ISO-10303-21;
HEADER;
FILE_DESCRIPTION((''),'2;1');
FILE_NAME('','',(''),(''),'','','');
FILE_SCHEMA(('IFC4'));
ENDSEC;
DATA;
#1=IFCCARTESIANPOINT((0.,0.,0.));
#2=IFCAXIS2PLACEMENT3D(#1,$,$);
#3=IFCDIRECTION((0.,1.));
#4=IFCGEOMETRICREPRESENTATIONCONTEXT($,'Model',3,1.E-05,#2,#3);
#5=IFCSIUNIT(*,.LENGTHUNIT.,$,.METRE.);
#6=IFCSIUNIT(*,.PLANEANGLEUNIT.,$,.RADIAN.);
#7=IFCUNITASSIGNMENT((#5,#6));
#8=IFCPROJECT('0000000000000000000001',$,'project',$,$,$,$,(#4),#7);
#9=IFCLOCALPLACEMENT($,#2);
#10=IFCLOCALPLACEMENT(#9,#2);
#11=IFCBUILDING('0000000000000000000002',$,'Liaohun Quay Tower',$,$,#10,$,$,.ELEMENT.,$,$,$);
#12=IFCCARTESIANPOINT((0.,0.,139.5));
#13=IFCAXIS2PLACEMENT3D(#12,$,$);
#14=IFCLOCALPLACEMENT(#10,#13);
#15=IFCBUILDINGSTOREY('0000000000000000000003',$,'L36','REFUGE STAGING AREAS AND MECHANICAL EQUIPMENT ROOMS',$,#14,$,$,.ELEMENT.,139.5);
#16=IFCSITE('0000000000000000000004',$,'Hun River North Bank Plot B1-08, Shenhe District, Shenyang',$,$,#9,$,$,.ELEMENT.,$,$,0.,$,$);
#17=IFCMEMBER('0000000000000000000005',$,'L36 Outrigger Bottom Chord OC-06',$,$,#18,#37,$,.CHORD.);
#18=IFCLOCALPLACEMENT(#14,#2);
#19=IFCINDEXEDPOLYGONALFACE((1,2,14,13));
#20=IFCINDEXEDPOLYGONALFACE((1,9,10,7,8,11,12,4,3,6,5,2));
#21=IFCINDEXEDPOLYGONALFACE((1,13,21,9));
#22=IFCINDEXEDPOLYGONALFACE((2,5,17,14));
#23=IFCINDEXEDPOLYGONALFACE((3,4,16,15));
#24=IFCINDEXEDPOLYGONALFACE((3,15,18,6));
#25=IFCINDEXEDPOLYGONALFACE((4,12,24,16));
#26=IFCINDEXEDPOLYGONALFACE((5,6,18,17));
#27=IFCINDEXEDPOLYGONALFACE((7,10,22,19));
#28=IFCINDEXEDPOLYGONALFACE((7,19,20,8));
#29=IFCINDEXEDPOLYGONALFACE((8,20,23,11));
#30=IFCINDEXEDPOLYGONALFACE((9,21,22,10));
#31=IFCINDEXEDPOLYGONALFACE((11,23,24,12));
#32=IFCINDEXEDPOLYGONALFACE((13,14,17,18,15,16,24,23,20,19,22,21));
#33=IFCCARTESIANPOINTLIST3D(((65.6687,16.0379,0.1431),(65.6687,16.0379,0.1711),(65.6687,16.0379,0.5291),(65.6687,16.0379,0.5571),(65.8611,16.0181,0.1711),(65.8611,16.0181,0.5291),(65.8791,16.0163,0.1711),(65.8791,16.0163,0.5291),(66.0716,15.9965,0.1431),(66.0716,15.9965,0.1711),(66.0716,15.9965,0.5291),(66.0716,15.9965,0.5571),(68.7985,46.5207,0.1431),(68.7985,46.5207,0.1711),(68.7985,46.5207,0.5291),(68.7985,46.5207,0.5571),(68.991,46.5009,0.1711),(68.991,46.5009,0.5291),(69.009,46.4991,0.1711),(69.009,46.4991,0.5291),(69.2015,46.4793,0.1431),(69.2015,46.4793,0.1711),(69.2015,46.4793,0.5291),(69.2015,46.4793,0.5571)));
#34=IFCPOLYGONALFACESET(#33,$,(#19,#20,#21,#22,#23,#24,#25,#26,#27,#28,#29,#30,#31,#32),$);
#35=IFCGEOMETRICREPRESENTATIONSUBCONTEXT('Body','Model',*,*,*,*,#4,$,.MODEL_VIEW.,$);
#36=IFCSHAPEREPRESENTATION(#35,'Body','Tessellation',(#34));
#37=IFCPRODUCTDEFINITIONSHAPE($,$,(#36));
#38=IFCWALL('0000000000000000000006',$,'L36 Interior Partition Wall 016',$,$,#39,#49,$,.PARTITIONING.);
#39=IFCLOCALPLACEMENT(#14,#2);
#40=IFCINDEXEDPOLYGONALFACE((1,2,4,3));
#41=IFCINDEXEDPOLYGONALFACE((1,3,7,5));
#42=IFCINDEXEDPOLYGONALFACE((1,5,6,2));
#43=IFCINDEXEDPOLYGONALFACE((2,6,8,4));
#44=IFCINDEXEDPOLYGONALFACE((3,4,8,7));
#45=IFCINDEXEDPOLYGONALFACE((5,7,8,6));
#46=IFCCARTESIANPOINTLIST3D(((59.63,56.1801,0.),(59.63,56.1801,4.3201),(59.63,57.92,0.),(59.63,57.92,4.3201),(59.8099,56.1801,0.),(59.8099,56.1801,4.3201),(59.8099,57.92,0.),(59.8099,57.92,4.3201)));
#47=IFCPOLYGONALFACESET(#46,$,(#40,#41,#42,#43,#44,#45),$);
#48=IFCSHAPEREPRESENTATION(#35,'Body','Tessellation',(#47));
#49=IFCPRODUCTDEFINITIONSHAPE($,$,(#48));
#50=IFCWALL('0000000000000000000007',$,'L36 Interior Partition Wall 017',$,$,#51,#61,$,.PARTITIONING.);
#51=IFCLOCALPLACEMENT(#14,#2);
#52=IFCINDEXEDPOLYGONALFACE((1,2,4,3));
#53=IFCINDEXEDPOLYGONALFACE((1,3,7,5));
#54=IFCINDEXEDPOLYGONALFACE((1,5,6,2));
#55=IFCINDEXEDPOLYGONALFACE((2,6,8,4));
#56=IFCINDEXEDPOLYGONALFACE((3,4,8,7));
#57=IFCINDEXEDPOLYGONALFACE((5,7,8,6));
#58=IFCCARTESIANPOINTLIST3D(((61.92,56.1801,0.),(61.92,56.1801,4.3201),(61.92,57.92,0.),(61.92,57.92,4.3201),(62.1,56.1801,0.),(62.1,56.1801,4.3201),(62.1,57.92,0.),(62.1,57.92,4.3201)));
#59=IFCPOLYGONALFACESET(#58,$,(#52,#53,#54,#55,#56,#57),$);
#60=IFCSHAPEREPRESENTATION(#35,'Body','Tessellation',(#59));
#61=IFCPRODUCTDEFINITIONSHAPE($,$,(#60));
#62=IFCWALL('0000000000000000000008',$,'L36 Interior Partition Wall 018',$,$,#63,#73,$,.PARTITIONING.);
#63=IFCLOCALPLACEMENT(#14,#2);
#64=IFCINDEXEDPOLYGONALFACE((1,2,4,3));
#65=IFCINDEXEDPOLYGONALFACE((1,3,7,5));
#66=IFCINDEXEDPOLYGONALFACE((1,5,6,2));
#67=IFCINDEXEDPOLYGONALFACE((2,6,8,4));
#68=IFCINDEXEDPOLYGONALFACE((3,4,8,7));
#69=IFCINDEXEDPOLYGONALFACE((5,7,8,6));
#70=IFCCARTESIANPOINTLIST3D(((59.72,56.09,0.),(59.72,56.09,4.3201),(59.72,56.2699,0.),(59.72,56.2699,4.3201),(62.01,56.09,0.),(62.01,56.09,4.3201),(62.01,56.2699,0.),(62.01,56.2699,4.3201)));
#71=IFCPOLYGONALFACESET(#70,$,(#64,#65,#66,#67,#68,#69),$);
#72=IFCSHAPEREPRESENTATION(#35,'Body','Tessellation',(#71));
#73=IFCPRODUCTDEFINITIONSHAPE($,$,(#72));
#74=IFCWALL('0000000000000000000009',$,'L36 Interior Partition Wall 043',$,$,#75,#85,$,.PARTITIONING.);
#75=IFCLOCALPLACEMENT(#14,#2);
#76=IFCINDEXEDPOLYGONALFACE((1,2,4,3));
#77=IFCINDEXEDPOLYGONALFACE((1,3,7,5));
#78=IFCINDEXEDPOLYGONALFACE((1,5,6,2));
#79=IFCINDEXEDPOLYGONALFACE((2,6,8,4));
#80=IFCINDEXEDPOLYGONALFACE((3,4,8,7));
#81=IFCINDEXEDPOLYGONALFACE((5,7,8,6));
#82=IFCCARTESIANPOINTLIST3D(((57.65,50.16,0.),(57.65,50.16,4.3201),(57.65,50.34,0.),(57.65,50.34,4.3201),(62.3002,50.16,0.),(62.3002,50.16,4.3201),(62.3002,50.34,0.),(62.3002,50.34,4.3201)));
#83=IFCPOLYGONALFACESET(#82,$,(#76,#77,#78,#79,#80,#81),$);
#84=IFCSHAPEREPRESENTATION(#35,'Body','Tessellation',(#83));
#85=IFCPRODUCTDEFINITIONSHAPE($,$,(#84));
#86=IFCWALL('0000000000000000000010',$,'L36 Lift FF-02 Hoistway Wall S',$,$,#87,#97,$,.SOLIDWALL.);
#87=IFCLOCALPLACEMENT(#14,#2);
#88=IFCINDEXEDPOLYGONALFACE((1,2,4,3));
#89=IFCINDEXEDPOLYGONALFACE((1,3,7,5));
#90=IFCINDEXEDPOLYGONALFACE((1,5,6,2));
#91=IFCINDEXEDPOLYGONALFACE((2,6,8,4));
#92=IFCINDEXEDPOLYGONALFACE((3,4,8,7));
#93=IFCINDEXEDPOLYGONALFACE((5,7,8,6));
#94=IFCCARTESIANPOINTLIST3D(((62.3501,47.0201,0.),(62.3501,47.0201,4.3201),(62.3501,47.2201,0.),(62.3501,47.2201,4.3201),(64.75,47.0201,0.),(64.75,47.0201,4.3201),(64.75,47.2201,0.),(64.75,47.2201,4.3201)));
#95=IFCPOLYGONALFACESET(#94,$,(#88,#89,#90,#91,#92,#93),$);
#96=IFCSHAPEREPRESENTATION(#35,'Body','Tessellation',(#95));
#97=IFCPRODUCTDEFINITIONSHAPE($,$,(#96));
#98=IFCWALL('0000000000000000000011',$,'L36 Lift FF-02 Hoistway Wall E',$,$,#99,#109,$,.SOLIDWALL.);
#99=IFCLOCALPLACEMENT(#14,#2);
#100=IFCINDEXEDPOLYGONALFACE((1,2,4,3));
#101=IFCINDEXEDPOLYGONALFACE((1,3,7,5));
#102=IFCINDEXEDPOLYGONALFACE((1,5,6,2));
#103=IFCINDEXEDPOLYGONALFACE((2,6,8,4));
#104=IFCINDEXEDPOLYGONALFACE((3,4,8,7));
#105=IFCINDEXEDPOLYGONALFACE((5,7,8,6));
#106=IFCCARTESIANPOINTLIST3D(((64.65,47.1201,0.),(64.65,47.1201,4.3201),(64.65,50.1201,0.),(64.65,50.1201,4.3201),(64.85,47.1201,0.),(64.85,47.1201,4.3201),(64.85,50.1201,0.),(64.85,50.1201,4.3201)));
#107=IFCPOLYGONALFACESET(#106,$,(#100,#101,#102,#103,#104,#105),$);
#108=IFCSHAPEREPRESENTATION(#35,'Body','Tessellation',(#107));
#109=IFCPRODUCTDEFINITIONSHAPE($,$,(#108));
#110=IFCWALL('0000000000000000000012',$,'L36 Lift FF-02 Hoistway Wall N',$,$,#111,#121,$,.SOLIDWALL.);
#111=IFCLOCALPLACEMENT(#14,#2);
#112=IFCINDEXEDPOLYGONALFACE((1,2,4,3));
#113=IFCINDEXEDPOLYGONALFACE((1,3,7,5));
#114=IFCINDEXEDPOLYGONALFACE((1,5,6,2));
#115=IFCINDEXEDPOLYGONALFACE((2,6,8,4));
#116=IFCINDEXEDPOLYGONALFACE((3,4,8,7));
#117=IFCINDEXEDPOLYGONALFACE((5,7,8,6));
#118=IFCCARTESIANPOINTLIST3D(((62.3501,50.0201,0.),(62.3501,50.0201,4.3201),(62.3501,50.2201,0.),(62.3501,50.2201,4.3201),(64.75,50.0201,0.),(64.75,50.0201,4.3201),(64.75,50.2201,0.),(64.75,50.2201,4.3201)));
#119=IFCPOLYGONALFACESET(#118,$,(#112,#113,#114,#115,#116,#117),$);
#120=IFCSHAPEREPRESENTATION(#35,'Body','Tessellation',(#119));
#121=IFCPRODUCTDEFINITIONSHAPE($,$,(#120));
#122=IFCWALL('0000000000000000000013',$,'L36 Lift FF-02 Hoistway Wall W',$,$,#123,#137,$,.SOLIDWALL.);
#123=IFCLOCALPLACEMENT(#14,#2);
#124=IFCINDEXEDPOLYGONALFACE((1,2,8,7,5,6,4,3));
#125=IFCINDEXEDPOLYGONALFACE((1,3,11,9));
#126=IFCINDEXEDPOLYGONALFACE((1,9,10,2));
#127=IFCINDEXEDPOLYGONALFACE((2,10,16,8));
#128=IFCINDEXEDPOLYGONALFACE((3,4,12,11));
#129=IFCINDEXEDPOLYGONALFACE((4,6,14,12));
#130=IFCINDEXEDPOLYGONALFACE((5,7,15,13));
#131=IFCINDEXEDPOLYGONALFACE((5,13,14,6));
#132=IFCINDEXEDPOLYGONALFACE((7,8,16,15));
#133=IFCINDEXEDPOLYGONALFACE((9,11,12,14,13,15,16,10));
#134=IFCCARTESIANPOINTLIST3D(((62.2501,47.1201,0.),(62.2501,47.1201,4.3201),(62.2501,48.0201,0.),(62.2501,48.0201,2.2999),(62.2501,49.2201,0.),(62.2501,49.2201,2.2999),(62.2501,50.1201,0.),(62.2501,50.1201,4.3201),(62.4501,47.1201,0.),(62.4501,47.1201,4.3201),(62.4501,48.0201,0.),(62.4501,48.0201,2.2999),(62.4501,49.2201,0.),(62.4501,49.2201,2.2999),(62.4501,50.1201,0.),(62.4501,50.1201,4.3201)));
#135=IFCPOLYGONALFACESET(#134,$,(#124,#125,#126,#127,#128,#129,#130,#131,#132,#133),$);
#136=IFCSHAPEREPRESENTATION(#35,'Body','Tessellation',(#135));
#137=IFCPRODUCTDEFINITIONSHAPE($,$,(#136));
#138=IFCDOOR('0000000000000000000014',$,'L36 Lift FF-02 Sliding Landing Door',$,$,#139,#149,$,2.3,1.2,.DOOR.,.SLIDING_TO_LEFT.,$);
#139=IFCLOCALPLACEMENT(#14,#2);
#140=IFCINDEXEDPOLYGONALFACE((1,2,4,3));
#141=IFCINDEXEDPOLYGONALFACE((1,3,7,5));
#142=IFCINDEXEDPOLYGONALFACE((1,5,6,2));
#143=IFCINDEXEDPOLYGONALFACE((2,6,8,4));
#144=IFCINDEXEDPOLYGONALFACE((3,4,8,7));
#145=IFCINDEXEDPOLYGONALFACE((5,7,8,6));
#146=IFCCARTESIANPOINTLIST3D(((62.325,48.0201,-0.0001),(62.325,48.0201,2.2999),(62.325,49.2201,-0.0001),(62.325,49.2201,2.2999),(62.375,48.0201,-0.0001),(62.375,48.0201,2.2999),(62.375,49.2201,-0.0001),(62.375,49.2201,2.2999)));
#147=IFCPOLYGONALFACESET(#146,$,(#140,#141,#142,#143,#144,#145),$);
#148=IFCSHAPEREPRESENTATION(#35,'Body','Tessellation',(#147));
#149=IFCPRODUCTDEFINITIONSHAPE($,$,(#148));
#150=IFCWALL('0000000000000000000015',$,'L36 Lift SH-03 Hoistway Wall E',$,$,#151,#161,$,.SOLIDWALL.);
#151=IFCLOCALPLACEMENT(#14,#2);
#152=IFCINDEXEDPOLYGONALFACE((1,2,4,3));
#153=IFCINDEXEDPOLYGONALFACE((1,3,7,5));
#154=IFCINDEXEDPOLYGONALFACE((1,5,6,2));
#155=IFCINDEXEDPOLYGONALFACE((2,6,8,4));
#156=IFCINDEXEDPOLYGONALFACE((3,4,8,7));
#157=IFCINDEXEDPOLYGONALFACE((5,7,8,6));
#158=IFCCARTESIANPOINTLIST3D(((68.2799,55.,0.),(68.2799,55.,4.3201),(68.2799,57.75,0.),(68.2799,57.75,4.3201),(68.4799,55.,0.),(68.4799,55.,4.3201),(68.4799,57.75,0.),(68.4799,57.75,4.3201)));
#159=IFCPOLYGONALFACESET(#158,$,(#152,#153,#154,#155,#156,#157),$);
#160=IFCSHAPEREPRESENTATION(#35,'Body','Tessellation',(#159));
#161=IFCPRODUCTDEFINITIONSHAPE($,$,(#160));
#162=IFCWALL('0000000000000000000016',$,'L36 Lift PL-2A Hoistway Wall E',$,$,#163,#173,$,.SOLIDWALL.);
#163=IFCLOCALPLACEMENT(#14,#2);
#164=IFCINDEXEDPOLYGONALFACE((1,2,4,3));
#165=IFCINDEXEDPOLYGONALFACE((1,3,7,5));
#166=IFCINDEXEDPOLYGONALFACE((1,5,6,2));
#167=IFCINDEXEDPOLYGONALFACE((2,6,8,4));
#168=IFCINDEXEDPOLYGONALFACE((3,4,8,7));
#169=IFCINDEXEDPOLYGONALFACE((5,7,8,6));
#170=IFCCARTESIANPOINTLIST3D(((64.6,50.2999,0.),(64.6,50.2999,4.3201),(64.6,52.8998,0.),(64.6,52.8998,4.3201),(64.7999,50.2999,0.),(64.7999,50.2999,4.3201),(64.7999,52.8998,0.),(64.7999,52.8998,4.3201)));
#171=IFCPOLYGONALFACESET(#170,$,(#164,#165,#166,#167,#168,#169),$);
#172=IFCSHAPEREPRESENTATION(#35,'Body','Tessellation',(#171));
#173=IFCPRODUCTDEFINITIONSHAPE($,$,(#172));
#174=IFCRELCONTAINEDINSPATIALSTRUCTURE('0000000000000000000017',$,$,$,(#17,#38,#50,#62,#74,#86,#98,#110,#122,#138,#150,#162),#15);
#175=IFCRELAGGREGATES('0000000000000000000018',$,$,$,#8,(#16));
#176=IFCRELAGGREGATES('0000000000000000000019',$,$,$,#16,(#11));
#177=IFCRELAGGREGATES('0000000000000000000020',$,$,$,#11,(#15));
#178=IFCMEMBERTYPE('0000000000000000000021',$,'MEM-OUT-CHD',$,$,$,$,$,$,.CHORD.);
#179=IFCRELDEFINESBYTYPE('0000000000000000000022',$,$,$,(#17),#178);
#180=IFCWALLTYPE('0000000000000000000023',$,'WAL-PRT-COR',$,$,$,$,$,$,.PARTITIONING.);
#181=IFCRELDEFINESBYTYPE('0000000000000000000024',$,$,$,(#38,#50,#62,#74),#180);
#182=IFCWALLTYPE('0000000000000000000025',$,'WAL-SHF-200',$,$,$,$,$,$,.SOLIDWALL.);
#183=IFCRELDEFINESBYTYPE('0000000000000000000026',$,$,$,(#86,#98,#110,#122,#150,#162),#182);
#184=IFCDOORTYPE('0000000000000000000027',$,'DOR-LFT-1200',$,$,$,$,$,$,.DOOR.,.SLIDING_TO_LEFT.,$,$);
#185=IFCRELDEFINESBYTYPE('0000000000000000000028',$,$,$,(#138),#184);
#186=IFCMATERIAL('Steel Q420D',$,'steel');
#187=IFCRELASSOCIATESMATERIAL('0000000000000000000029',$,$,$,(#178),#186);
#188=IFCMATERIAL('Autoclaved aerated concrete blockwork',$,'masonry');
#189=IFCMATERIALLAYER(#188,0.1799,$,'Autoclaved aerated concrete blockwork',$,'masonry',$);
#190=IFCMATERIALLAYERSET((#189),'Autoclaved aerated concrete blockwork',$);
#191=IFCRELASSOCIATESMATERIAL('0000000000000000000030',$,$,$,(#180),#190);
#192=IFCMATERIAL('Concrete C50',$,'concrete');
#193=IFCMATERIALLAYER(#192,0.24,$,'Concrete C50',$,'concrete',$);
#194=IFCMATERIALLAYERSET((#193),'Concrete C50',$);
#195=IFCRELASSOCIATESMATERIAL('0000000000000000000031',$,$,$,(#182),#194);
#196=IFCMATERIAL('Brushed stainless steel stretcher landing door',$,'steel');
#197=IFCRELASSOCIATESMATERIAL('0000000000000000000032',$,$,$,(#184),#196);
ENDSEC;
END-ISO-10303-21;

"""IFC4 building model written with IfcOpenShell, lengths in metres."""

from ifc_helpers import new_model, si_unit, direction, frame, frame_2d, origin, origin_2d, place, context, subcontext, project, spatial, rectangle, i_section, extrude, source, transform, mapped, material, layer, layer_set, material_profile, profile_set, type_object, element, fill, save


model = new_model("IFC4")

# Units and contexts
model_context = context("Model", 3, precision=1e-05, world=origin(), true_north=direction((0.0, 1.0)))
body_context = subcontext(model_context, "Body", "Model", "MODEL_VIEW")
ifc_project = project(units=[si_unit("LENGTHUNIT", "METRE"), si_unit("PLANEANGLEUNIT", "RADIAN")], contexts=[model_context])

# Site, building, storey
site_placement = place(None, origin())
site = spatial("IfcSite", under=ifc_project, at=site_placement, Name="Hun River North Bank Plot B1-08, Shenhe District, Shenyang", CompositionType="ELEMENT", RefElevation=0.0)
building_placement = place(site_placement, origin())
building = spatial("IfcBuilding", under=site, at=building_placement, Name="Liaohun Quay Tower", CompositionType="ELEMENT")
storey_placement = place(building_placement, frame((0.0, 0.0, 139.5)))
storey = spatial("IfcBuildingStorey", under=building, at=storey_placement, Name="L36", Description="REFUGE STAGING AREAS AND MECHANICAL EQUIPMENT ROOMS", CompositionType="ELEMENT", Elevation=139.5)

# Member
ifc_material_1 = material(Name="Steel Q420D", Category="steel")
ifc_material_profile = material_profile(ifc_material_1, i_section(OverallWidth=0.405, OverallDepth=0.4141, WebThickness=0.0181, FlangeThickness=0.0281, at=origin_2d()), Name="HW414x405x18x28")
ifc_profile_set = profile_set([ifc_material_profile], Name="Steel Q420D")
member_type = type_object("IfcMemberType", Name="MEM-OUT-CHD", PredefinedType="CHORD", material=ifc_profile_set)
shared_shape_1 = source(origin(), body_context, "Body", "SweptSolid", [
    extrude(i_section(OverallWidth=0.405, OverallDepth=0.4141, WebThickness=0.0181, FlangeThickness=0.0281, at=origin_2d()), origin(), (0.0, 0.0, 1.0), 30.6431),
])
member_placement = place(storey_placement, frame((69.0, 46.5, 0.3501), z_axis=(-0.10214, -0.99477, 0.0), x_axis=(0.99477, -0.10214, 0.0)))
element("IfcMember", 1, at=member_placement, inside=storey, type_object=member_type, Name="L36 Outrigger Bottom Chord OC-06", PredefinedType="CHORD", context=body_context, shape_type="MappedRepresentation", body=[
    mapped(shared_shape_1, transform((0.0, 0.0, 0.0), x_axis=(1.0, 0.0, 0.0), y_axis=(0.0, 1.0, 0.0), z_axis=(0.0, 0.0, 1.0), scale=1.0)),
])

# Walls
ifc_material_2 = material(Name="Autoclaved aerated concrete blockwork", Category="masonry")
ifc_layer_1 = layer(ifc_material_2, 0.1799, Name="Autoclaved aerated concrete blockwork", Category="masonry")
ifc_layer_set_1 = layer_set([ifc_layer_1], Name="Autoclaved aerated concrete blockwork")
wall_type_1 = type_object("IfcWallType", Name="WAL-PRT-COR", PredefinedType="PARTITIONING", material=ifc_layer_set_1)
for number, where, z_axis, x_axis, name in (
    (2, (59.72, 56.1799, 0.0), (0.0, 0.0, 1.0), (0.0, 1.0, 0.0), "L36 Interior Partition Wall 016"),
    (3, (62.01, 56.1799, 0.0), (0.0, 0.0, 1.0), (0.0, 1.0, 0.0), "L36 Interior Partition Wall 017"),
):
    element("IfcWall", number, at=place(storey_placement, frame(where, z_axis=z_axis, x_axis=x_axis)), inside=storey, type_object=wall_type_1, Name=name, PredefinedType="PARTITIONING", context=body_context, shape_type="SweptSolid", body=[
        extrude(rectangle(XDim=1.74, YDim=0.1799, at=frame_2d((0.8701, 0.0))), origin(), (0.0, 0.0, 1.0), 4.3201),
    ])
wall_1_placement = place(storey_placement, frame((59.72, 56.1799, 0.0), z_axis=(0.0, 0.0, 1.0), x_axis=(1.0, 0.0, 0.0)))
element("IfcWall", 4, at=wall_1_placement, inside=storey, type_object=wall_type_1, Name="L36 Interior Partition Wall 018", PredefinedType="PARTITIONING", context=body_context, shape_type="SweptSolid", body=[
    extrude(rectangle(XDim=2.29, YDim=0.1799, at=frame_2d((1.145, 0.0))), origin(), (0.0, 0.0, 1.0), 4.3201),
])
wall_2_placement = place(storey_placement, frame((57.6499, 50.25, 0.0), z_axis=(0.0, 0.0, 1.0), x_axis=(1.0, 0.0, 0.0)))
element("IfcWall", 5, at=wall_2_placement, inside=storey, type_object=wall_type_1, Name="L36 Interior Partition Wall 043", PredefinedType="PARTITIONING", context=body_context, shape_type="SweptSolid", body=[
    extrude(rectangle(XDim=4.6501, YDim=0.1799, at=frame_2d((2.3252, 0.0))), origin(), (0.0, 0.0, 1.0), 4.3201),
])
ifc_material_3 = material(Name="Concrete C50", Category="concrete")
ifc_layer_2 = layer(ifc_material_3, 0.24, Name="Concrete C50", Category="concrete")
ifc_layer_set_2 = layer_set([ifc_layer_2], Name="Concrete C50")
wall_type_2 = type_object("IfcWallType", Name="WAL-SHF-200", PredefinedType="SOLIDWALL", material=ifc_layer_set_2)
wall_3_placement = place(storey_placement, frame((62.3501, 47.1201, 0.0), z_axis=(0.0, 0.0, 1.0), x_axis=(1.0, 0.0, 0.0)))
element("IfcWall", 6, at=wall_3_placement, inside=storey, type_object=wall_type_2, Name="L36 Lift FF-02 Hoistway Wall S", PredefinedType="SOLIDWALL", context=body_context, shape_type="SweptSolid", body=[
    extrude(rectangle(XDim=2.3999, YDim=0.2, at=frame_2d((1.2, 0.0))), origin(), (0.0, 0.0, 1.0), 4.3201),
])
wall_4_placement = place(storey_placement, frame((64.75, 47.1201, 0.0), z_axis=(0.0, 0.0, 1.0), x_axis=(0.0, 1.0, 0.0)))
element("IfcWall", 7, at=wall_4_placement, inside=storey, type_object=wall_type_2, Name="L36 Lift FF-02 Hoistway Wall E", PredefinedType="SOLIDWALL", context=body_context, shape_type="SweptSolid", body=[
    extrude(rectangle(XDim=3.0, YDim=0.2, at=frame_2d((1.5, 0.0))), origin(), (0.0, 0.0, 1.0), 4.3201),
])
wall_5_placement = place(storey_placement, frame((64.75, 50.1201, 0.0), z_axis=(0.0, 0.0, 1.0), x_axis=(-1.0, 0.0, 0.0)))
element("IfcWall", 8, at=wall_5_placement, inside=storey, type_object=wall_type_2, Name="L36 Lift FF-02 Hoistway Wall N", PredefinedType="SOLIDWALL", context=body_context, shape_type="SweptSolid", body=[
    extrude(rectangle(XDim=2.3999, YDim=0.2, at=frame_2d((1.2, 0.0))), origin(), (0.0, 0.0, 1.0), 4.3201),
])

# Wall, opening, door
wall_6_placement = place(storey_placement, frame((62.3501, 50.1201, 0.0), z_axis=(0.0, 0.0, 1.0), x_axis=(0.0, -1.0, 0.0)))
wall_6 = element("IfcWall", 9, at=wall_6_placement, inside=storey, type_object=wall_type_2, Name="L36 Lift FF-02 Hoistway Wall W", PredefinedType="SOLIDWALL", context=body_context, shape_type="SweptSolid", body=[
    extrude(rectangle(XDim=3.0, YDim=0.2, at=frame_2d((1.5, 0.0))), origin(), (0.0, 0.0, 1.0), 4.3201),
])
shared_shape_2 = source(origin(), body_context, "Body", "SweptSolid", [
    extrude(rectangle(XDim=1.2, YDim=2.3, at=frame_2d((0.6001, 1.1499))), frame((0.0, 0.1099, 0.0), z_axis=(0.0, -1.0, 0.0), x_axis=(1.0, 0.0, 0.0)), (0.0, 0.0, 1.0), 0.22),
])
opening_1_placement = place(wall_6_placement, frame((0.8999, 0.0, 0.0)))
opening_1 = element("IfcOpeningElement", 10, at=opening_1_placement, cuts=wall_6, PredefinedType="OPENING", context=body_context, shape_type="MappedRepresentation", body=[
    mapped(shared_shape_2, transform((0.0, 0.0, 0.0), x_axis=(1.0, 0.0, 0.0), y_axis=(0.0, 1.0, 0.0), z_axis=(0.0, 0.0, 1.0), scale=1.0)),
])
ifc_material_4 = material(Name="Brushed stainless steel stretcher landing door", Category="steel")
door_type_1 = type_object("IfcDoorType", Name="DOR-LFT-1200", OperationType="SLIDING_TO_LEFT", PredefinedType="DOOR", material=ifc_material_4)
shared_shape_3 = source(origin(), body_context, "Body", "SweptSolid", [
    extrude(rectangle(XDim=1.2, YDim=2.3, at=frame_2d((0.6001, 1.1499))), frame((0.0, 0.0249, 0.0), z_axis=(0.0, -1.0, 0.0), x_axis=(1.0, 0.0, 0.0)), (0.0, 0.0, 1.0), 0.05),
])
door_1_placement = place(opening_1_placement, origin())
door_1 = element("IfcDoor", 11, at=door_1_placement, inside=storey, type_object=door_type_1, Name="L36 Lift FF-02 Sliding Landing Door", OperationType="SLIDING_TO_LEFT", OverallHeight=2.3, OverallWidth=1.2, PredefinedType="DOOR", context=body_context, shape_type="MappedRepresentation", body=[
    mapped(shared_shape_3, transform((0.0, 0.0, 0.0), x_axis=(1.0, 0.0, 0.0), y_axis=(0.0, 1.0, 0.0), z_axis=(0.0, 0.0, 1.0), scale=1.0)),
])
fill(opening_1, door_1)

# Walls
wall_7_placement = place(storey_placement, frame((68.3799, 55.0, 0.0), z_axis=(0.0, 0.0, 1.0), x_axis=(0.0, 1.0, 0.0)))
element("IfcWall", 12, at=wall_7_placement, inside=storey, type_object=wall_type_2, Name="L36 Lift SH-03 Hoistway Wall E", PredefinedType="SOLIDWALL", context=body_context, shape_type="SweptSolid", body=[
    extrude(rectangle(XDim=2.75, YDim=0.2, at=frame_2d((1.375, 0.0))), origin(), (0.0, 0.0, 1.0), 4.3201),
])
wall_8_placement = place(storey_placement, frame((64.7, 50.3, 0.0), z_axis=(0.0, 0.0, 1.0), x_axis=(0.0, 1.0, 0.0)))
element("IfcWall", 13, at=wall_8_placement, inside=storey, type_object=wall_type_2, Name="L36 Lift PL-2A Hoistway Wall E", PredefinedType="SOLIDWALL", context=body_context, shape_type="SweptSolid", body=[
    extrude(rectangle(XDim=2.5999, YDim=0.2, at=frame_2d((1.2998, 0.0))), origin(), (0.0, 0.0, 1.0), 4.3201),
])

save(model, "model.ifc")
